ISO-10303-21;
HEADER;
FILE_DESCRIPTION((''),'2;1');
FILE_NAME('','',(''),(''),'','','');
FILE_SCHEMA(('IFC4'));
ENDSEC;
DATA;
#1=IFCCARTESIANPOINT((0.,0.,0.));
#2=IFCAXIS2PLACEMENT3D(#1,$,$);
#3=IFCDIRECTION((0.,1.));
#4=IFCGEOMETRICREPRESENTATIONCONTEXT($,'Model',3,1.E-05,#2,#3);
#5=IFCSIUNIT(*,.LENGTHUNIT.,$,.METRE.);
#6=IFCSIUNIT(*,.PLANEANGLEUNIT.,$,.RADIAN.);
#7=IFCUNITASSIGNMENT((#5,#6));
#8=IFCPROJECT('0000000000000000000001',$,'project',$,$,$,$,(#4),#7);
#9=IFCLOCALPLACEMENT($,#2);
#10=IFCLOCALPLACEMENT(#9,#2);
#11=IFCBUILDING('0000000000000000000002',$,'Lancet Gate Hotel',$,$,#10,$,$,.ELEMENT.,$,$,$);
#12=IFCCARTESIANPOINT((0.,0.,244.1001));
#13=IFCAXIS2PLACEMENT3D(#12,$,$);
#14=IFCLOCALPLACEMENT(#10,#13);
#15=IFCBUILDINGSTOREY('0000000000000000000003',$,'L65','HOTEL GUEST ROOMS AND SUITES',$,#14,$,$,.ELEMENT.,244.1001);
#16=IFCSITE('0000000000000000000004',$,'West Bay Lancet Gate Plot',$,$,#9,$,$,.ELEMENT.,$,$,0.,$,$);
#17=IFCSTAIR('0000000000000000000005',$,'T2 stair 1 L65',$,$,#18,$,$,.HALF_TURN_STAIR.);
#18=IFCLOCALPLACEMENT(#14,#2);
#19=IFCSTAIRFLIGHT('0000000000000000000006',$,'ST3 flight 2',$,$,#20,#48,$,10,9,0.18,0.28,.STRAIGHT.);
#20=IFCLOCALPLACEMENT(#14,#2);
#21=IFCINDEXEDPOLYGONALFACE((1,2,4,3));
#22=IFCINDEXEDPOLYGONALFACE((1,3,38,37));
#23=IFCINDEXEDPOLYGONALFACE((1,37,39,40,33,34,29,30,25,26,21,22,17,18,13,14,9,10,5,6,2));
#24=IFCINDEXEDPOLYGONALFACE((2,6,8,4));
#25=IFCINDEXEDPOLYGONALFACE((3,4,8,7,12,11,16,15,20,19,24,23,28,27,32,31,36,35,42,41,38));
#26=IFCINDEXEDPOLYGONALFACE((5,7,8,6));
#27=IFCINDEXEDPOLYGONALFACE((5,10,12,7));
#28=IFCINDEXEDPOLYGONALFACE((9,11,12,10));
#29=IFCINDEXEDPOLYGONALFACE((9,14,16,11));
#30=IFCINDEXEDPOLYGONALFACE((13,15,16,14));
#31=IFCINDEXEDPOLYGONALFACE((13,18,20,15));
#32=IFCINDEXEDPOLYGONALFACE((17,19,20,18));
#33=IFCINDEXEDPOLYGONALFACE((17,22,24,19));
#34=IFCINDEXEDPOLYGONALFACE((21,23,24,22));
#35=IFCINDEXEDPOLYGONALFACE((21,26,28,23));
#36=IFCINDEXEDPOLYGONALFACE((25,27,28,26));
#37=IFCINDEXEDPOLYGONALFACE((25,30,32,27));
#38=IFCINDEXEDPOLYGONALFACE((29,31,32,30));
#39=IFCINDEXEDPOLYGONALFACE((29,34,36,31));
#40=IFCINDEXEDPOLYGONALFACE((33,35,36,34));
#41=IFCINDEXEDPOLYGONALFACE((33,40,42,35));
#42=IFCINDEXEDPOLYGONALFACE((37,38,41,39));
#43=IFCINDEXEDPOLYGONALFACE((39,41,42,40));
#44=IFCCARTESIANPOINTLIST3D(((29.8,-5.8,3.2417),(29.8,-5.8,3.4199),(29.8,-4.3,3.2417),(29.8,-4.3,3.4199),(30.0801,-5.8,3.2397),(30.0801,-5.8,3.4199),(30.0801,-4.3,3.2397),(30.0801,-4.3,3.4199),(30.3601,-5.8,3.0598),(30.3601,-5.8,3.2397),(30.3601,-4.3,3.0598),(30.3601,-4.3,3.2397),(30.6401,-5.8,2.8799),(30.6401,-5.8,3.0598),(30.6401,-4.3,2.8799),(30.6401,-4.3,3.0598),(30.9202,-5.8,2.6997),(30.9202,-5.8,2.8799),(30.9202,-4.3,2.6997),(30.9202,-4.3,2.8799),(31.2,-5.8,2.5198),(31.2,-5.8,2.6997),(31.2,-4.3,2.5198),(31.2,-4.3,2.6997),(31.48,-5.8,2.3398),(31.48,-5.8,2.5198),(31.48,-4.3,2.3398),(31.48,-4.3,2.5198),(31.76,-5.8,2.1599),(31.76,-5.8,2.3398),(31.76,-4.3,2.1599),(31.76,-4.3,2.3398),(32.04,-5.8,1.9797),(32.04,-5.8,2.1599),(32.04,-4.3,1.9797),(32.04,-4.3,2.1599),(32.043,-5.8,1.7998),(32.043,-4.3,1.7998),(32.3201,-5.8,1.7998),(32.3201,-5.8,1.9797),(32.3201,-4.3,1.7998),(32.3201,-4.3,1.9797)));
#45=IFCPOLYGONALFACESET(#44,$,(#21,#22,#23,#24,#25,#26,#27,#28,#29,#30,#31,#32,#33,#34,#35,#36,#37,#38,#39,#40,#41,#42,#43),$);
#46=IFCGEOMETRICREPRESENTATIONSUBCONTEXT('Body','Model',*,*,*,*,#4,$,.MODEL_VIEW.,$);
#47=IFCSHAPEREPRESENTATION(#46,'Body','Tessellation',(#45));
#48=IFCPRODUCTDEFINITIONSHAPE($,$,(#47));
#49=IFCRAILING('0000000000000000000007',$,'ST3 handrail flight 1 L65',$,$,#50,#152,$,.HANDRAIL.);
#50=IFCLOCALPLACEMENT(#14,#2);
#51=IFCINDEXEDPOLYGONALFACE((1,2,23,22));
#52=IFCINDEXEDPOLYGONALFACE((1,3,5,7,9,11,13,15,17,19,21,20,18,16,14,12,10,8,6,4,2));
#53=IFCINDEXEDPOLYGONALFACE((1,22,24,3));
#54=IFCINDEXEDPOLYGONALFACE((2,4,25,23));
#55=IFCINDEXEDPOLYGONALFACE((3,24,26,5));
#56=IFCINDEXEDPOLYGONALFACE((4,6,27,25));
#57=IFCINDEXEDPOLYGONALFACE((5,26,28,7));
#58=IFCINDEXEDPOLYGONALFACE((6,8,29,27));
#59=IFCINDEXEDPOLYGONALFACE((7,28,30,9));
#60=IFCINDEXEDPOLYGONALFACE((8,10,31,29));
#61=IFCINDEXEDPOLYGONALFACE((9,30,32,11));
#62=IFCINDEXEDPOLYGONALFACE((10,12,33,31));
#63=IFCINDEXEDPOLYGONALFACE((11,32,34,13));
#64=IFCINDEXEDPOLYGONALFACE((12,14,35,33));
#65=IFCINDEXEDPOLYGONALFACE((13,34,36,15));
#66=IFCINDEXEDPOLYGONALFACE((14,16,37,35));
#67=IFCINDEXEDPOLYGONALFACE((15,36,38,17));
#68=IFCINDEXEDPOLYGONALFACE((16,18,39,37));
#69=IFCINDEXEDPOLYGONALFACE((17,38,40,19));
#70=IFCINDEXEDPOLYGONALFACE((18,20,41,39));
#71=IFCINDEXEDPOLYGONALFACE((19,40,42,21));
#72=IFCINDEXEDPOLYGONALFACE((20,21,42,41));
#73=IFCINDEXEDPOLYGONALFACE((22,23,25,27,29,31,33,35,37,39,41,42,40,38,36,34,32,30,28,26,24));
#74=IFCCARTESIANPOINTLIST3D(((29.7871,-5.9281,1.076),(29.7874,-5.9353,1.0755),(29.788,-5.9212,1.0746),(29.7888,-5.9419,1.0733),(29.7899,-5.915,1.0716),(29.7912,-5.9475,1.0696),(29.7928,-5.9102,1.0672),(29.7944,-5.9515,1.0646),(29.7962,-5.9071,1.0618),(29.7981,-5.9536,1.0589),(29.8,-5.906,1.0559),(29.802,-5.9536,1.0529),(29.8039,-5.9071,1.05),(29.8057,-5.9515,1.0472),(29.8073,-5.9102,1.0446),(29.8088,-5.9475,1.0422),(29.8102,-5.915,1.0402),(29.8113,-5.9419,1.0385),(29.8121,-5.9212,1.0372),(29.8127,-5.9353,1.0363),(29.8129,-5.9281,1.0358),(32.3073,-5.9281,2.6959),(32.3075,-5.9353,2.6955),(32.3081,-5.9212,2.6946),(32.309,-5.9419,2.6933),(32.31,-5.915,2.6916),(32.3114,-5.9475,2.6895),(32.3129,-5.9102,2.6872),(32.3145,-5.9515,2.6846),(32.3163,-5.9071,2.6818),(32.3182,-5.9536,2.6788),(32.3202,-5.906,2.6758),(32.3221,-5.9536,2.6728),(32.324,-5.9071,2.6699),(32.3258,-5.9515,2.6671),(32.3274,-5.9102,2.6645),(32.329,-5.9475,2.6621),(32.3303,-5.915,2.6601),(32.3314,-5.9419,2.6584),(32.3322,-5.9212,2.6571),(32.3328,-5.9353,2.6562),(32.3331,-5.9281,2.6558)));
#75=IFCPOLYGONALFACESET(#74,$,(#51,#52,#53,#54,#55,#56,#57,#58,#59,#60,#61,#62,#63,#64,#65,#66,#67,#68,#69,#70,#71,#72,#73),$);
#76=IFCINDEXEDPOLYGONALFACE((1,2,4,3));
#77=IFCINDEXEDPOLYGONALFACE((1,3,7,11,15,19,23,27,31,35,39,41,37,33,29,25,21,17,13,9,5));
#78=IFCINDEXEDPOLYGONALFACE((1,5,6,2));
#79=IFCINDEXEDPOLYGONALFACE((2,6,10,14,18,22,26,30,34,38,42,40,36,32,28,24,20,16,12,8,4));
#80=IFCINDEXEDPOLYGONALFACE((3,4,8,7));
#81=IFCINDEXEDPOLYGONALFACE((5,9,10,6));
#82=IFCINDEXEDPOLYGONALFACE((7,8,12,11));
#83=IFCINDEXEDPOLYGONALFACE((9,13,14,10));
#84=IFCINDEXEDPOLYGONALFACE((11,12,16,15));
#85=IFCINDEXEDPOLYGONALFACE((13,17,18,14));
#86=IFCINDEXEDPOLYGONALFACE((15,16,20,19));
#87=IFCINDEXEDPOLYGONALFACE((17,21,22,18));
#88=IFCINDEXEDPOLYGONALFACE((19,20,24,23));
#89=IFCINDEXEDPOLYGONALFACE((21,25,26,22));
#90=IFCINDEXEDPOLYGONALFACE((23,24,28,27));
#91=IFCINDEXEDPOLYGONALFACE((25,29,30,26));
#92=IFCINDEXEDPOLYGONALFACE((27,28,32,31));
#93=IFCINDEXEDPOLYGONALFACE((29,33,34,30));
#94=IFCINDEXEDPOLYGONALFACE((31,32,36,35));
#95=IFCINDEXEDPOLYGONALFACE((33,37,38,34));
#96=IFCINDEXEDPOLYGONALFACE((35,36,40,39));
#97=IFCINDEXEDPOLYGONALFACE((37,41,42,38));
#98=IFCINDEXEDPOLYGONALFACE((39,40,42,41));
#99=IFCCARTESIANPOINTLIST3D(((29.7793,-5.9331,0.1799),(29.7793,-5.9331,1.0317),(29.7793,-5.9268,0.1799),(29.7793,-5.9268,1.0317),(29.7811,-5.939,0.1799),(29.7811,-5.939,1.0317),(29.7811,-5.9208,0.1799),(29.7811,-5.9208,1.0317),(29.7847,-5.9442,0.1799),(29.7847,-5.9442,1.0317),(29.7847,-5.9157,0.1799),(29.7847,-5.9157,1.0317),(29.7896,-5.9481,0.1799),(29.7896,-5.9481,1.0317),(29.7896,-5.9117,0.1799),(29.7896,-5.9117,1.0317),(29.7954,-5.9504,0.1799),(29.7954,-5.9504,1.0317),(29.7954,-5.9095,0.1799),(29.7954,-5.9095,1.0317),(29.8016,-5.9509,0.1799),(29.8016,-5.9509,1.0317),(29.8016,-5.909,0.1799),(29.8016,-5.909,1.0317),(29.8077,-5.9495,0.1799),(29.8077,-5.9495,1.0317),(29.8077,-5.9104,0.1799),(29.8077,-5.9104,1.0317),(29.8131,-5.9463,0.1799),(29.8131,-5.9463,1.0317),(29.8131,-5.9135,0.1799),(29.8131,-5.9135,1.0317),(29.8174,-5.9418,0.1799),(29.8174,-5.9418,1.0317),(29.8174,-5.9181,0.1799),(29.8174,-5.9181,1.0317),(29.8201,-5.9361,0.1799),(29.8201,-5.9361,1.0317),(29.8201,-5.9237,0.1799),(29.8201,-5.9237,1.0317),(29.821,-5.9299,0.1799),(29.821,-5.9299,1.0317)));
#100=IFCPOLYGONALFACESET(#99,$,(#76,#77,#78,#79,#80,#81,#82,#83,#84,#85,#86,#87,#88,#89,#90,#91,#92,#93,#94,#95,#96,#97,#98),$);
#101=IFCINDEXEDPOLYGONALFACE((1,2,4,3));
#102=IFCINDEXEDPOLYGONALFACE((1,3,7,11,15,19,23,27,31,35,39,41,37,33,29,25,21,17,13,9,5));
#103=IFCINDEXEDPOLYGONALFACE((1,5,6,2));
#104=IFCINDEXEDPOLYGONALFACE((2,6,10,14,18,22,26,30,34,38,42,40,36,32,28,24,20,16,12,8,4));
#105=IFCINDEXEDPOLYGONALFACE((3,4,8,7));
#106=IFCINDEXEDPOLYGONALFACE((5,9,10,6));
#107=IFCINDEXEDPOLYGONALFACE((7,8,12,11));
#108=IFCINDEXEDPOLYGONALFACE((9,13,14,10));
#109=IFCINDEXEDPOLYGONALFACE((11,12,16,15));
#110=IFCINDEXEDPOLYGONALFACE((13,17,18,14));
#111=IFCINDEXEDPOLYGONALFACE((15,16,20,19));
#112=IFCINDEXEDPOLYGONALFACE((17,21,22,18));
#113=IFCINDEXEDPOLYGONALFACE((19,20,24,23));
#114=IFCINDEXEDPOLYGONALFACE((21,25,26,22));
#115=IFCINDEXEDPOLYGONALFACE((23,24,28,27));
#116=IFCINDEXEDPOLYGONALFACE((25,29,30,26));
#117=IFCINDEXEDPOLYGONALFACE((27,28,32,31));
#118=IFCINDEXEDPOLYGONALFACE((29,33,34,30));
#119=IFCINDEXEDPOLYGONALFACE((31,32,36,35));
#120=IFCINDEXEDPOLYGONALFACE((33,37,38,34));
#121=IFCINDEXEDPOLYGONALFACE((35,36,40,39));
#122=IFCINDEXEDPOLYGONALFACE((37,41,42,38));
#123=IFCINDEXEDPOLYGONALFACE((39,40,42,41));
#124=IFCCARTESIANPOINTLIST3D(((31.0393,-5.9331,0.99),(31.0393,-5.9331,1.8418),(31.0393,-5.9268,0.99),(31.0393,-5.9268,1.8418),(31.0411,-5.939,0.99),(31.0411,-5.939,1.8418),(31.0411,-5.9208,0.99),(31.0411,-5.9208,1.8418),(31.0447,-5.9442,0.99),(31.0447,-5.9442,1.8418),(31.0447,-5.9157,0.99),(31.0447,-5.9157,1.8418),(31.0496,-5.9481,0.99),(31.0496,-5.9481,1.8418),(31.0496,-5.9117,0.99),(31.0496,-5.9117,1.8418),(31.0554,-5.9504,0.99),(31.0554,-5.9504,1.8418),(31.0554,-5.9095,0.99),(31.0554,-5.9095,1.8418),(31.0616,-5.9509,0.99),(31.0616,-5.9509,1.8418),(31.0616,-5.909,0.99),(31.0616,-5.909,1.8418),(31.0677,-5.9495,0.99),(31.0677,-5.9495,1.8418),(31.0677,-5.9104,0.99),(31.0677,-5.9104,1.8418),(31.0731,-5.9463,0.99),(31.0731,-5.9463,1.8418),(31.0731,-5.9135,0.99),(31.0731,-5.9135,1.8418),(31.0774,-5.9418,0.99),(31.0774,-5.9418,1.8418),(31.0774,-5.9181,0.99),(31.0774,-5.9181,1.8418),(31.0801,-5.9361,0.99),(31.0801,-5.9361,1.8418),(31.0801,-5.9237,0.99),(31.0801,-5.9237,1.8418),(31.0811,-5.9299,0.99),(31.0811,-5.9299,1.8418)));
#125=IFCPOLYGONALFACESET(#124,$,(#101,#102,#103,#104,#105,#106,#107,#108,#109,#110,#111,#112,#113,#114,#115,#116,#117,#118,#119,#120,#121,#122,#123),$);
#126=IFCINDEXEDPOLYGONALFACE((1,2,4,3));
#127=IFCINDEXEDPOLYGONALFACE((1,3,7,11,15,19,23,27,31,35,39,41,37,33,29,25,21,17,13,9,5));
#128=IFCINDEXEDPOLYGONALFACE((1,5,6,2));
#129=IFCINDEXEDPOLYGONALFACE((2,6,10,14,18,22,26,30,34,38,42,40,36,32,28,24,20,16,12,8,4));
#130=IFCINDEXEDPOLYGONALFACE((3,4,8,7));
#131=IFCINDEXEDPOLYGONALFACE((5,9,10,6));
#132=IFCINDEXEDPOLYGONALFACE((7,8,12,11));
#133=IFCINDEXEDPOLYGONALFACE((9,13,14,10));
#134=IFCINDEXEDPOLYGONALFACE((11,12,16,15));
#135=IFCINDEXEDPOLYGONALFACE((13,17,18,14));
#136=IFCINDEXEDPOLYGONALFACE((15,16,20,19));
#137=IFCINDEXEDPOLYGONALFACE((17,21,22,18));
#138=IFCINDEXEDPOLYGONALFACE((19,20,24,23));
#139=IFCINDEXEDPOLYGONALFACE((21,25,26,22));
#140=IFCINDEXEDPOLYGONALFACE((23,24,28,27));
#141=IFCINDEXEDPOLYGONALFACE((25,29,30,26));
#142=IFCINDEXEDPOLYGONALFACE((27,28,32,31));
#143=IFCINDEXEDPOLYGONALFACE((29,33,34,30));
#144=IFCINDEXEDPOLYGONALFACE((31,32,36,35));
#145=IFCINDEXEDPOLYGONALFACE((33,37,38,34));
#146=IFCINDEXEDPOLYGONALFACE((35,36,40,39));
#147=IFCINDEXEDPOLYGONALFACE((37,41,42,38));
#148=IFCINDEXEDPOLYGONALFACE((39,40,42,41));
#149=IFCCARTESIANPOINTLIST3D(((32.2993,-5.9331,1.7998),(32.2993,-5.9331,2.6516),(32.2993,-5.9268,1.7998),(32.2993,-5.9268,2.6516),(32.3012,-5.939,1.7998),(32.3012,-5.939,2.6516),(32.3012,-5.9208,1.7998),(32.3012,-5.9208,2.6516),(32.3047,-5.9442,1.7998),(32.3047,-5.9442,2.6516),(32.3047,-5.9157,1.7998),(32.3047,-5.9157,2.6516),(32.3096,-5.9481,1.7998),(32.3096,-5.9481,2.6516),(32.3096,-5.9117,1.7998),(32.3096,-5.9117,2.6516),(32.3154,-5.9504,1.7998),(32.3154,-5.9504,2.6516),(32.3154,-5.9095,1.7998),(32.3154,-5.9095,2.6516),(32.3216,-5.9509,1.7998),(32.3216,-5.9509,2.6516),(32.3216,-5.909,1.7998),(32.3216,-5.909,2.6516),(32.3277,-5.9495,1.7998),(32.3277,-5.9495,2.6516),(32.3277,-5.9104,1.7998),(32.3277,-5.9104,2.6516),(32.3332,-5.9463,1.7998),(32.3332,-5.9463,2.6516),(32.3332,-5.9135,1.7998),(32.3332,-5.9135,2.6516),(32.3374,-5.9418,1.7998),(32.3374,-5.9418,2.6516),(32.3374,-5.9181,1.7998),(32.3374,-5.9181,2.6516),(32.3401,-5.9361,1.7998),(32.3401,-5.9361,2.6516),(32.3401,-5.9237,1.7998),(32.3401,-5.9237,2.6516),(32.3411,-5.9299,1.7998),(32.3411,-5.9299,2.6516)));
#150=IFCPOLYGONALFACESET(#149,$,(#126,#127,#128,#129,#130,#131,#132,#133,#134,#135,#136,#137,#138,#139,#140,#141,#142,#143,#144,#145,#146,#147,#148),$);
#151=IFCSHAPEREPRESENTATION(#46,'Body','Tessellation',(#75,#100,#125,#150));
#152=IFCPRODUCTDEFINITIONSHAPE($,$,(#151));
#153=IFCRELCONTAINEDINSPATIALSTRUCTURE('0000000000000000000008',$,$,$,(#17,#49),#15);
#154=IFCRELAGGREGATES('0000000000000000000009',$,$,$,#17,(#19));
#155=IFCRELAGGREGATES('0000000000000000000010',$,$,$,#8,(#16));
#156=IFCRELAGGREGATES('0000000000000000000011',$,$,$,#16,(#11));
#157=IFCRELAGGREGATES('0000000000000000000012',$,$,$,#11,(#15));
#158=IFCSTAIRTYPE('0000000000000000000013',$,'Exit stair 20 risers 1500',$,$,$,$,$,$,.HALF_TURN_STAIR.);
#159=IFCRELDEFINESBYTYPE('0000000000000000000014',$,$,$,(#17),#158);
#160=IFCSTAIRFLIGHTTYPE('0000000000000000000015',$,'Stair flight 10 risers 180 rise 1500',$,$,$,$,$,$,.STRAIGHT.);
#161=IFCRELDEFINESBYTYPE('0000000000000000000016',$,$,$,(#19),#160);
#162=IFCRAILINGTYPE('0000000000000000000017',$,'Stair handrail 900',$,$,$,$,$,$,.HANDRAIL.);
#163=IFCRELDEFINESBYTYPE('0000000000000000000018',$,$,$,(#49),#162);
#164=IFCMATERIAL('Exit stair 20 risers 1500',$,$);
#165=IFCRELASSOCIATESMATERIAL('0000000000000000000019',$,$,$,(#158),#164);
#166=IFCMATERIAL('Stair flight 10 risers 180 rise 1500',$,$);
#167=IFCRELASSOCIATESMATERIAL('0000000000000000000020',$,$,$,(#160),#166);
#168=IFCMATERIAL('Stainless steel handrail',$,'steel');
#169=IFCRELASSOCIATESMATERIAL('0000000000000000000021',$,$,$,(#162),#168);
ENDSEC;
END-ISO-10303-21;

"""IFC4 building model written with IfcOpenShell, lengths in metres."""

from ifc_helpers import new_model, si_unit, direction, frame, origin, origin_2d, place, context, subcontext, project, spatial, polyline, circle, outline, extrude, material, type_object, element, aggregate, save


model = new_model("IFC4")

# Units and contexts
model_context = context("Model", 3, precision=1e-05, world=origin(), true_north=direction((0.0, 1.0)))
body_context = subcontext(model_context, "Body", "Model", "MODEL_VIEW")
ifc_project = project(units=[si_unit("LENGTHUNIT", "METRE"), si_unit("PLANEANGLEUNIT", "RADIAN")], contexts=[model_context])

# Site, building, storey
site_placement = place(None, origin())
site = spatial("IfcSite", under=ifc_project, at=site_placement, Name="West Bay Lancet Gate Plot", CompositionType="ELEMENT", RefElevation=0.0)
building_placement = place(site_placement, origin())
building = spatial("IfcBuilding", under=site, at=building_placement, Name="Lancet Gate Hotel", CompositionType="ELEMENT")
storey_placement = place(building_placement, frame((0.0, 0.0, 244.1001)))
storey = spatial("IfcBuildingStorey", under=building, at=storey_placement, Name="L65", Description="HOTEL GUEST ROOMS AND SUITES", CompositionType="ELEMENT", Elevation=244.1001)

# Stair, stair flight
ifc_material_1 = material(Name="Exit stair 20 risers 1500")
stair_type = type_object("IfcStairType", Name="Exit stair 20 risers 1500", PredefinedType="HALF_TURN_STAIR", material=ifc_material_1)
stair_placement = place(storey_placement, origin())
stair = element("IfcStair", 1, at=stair_placement, inside=storey, type_object=stair_type, Name="T2 stair 1 L65", PredefinedType="HALF_TURN_STAIR")
ifc_material_2 = material(Name="Stair flight 10 risers 180 rise 1500")
stair_flight_type = type_object("IfcStairFlightType", Name="Stair flight 10 risers 180 rise 1500", PredefinedType="STRAIGHT", material=ifc_material_2)
stair_flight_1_placement = place(storey_placement, frame((32.3201, -5.05, 1.7998), z_axis=(0.0, 0.0, 1.0), x_axis=(-1.0, 0.0, 0.0)))
stair_flight_1 = element("IfcStairFlight", 2, at=stair_flight_1_placement, type_object=stair_flight_type, Name="ST3 flight 2", NumberOfRisers=10, NumberOfTreads=9, PredefinedType="STRAIGHT", RiserHeight=0.18, TreadLength=0.28, context=body_context, shape_type="SweptSolid", body=[
    extrude(outline(polyline([(0.0, 0.0), (0.0, 0.1799), (0.28, 0.1799), (0.28, 0.3601), (0.5601, 0.3601), (0.5601, 0.54), (0.8401, 0.54), (0.8401, 0.72), (1.1201, 0.72), (1.1201, 0.8999), (1.3999, 0.8999), (1.3999, 1.0801), (1.6799, 1.0801), (1.6799, 1.26), (1.96, 1.26), (1.96, 1.4399), (2.24, 1.4399), (2.24, 1.6201), (2.52, 1.6201), (2.52, 1.8), (2.52, 1.4419), (0.2771, 0.0), (0.0, 0.0)])), frame((0.0, 0.75, 0.0), z_axis=(0.0, -1.0, 0.0), x_axis=(1.0, 0.0, 0.0)), (0.0, 0.0, 1.0), 1.5),
])
aggregate(stair, [stair_flight_1])

# Railing
ifc_material_3 = material(Name="Stainless steel handrail", Category="steel")
railing_type = type_object("IfcRailingType", Name="Stair handrail 900", PredefinedType="HANDRAIL", material=ifc_material_3)
railing_1_placement = place(storey_placement, frame((29.8, -5.9299, 0.1799)))
element("IfcRailing", 3, at=railing_1_placement, inside=storey, type_object=railing_type, Name="ST3 handrail flight 1 L65", PredefinedType="HANDRAIL", context=body_context, shape_type="SweptSolid", body=[
    extrude(circle(Radius=0.0239, at=origin_2d()), frame((0.0, 0.0, 0.876), z_axis=(0.8412, 0.0, 0.540725), x_axis=(0.0, 1.0, 0.0)), (0.0, 0.0, 1.0), 2.9958),
    extrude(circle(Radius=0.021, at=origin_2d()), origin(), (0.0, 0.0, 1.0), 0.8518),
    extrude(circle(Radius=0.021, at=origin_2d()), frame((1.26, 0.0, 0.8101)), (0.0, 0.0, 1.0), 0.8518),
    extrude(circle(Radius=0.021, at=origin_2d()), frame((2.52, 0.0, 1.6199)), (0.0, 0.0, 1.0), 0.8518),
])

save(model, "model.ifc")
